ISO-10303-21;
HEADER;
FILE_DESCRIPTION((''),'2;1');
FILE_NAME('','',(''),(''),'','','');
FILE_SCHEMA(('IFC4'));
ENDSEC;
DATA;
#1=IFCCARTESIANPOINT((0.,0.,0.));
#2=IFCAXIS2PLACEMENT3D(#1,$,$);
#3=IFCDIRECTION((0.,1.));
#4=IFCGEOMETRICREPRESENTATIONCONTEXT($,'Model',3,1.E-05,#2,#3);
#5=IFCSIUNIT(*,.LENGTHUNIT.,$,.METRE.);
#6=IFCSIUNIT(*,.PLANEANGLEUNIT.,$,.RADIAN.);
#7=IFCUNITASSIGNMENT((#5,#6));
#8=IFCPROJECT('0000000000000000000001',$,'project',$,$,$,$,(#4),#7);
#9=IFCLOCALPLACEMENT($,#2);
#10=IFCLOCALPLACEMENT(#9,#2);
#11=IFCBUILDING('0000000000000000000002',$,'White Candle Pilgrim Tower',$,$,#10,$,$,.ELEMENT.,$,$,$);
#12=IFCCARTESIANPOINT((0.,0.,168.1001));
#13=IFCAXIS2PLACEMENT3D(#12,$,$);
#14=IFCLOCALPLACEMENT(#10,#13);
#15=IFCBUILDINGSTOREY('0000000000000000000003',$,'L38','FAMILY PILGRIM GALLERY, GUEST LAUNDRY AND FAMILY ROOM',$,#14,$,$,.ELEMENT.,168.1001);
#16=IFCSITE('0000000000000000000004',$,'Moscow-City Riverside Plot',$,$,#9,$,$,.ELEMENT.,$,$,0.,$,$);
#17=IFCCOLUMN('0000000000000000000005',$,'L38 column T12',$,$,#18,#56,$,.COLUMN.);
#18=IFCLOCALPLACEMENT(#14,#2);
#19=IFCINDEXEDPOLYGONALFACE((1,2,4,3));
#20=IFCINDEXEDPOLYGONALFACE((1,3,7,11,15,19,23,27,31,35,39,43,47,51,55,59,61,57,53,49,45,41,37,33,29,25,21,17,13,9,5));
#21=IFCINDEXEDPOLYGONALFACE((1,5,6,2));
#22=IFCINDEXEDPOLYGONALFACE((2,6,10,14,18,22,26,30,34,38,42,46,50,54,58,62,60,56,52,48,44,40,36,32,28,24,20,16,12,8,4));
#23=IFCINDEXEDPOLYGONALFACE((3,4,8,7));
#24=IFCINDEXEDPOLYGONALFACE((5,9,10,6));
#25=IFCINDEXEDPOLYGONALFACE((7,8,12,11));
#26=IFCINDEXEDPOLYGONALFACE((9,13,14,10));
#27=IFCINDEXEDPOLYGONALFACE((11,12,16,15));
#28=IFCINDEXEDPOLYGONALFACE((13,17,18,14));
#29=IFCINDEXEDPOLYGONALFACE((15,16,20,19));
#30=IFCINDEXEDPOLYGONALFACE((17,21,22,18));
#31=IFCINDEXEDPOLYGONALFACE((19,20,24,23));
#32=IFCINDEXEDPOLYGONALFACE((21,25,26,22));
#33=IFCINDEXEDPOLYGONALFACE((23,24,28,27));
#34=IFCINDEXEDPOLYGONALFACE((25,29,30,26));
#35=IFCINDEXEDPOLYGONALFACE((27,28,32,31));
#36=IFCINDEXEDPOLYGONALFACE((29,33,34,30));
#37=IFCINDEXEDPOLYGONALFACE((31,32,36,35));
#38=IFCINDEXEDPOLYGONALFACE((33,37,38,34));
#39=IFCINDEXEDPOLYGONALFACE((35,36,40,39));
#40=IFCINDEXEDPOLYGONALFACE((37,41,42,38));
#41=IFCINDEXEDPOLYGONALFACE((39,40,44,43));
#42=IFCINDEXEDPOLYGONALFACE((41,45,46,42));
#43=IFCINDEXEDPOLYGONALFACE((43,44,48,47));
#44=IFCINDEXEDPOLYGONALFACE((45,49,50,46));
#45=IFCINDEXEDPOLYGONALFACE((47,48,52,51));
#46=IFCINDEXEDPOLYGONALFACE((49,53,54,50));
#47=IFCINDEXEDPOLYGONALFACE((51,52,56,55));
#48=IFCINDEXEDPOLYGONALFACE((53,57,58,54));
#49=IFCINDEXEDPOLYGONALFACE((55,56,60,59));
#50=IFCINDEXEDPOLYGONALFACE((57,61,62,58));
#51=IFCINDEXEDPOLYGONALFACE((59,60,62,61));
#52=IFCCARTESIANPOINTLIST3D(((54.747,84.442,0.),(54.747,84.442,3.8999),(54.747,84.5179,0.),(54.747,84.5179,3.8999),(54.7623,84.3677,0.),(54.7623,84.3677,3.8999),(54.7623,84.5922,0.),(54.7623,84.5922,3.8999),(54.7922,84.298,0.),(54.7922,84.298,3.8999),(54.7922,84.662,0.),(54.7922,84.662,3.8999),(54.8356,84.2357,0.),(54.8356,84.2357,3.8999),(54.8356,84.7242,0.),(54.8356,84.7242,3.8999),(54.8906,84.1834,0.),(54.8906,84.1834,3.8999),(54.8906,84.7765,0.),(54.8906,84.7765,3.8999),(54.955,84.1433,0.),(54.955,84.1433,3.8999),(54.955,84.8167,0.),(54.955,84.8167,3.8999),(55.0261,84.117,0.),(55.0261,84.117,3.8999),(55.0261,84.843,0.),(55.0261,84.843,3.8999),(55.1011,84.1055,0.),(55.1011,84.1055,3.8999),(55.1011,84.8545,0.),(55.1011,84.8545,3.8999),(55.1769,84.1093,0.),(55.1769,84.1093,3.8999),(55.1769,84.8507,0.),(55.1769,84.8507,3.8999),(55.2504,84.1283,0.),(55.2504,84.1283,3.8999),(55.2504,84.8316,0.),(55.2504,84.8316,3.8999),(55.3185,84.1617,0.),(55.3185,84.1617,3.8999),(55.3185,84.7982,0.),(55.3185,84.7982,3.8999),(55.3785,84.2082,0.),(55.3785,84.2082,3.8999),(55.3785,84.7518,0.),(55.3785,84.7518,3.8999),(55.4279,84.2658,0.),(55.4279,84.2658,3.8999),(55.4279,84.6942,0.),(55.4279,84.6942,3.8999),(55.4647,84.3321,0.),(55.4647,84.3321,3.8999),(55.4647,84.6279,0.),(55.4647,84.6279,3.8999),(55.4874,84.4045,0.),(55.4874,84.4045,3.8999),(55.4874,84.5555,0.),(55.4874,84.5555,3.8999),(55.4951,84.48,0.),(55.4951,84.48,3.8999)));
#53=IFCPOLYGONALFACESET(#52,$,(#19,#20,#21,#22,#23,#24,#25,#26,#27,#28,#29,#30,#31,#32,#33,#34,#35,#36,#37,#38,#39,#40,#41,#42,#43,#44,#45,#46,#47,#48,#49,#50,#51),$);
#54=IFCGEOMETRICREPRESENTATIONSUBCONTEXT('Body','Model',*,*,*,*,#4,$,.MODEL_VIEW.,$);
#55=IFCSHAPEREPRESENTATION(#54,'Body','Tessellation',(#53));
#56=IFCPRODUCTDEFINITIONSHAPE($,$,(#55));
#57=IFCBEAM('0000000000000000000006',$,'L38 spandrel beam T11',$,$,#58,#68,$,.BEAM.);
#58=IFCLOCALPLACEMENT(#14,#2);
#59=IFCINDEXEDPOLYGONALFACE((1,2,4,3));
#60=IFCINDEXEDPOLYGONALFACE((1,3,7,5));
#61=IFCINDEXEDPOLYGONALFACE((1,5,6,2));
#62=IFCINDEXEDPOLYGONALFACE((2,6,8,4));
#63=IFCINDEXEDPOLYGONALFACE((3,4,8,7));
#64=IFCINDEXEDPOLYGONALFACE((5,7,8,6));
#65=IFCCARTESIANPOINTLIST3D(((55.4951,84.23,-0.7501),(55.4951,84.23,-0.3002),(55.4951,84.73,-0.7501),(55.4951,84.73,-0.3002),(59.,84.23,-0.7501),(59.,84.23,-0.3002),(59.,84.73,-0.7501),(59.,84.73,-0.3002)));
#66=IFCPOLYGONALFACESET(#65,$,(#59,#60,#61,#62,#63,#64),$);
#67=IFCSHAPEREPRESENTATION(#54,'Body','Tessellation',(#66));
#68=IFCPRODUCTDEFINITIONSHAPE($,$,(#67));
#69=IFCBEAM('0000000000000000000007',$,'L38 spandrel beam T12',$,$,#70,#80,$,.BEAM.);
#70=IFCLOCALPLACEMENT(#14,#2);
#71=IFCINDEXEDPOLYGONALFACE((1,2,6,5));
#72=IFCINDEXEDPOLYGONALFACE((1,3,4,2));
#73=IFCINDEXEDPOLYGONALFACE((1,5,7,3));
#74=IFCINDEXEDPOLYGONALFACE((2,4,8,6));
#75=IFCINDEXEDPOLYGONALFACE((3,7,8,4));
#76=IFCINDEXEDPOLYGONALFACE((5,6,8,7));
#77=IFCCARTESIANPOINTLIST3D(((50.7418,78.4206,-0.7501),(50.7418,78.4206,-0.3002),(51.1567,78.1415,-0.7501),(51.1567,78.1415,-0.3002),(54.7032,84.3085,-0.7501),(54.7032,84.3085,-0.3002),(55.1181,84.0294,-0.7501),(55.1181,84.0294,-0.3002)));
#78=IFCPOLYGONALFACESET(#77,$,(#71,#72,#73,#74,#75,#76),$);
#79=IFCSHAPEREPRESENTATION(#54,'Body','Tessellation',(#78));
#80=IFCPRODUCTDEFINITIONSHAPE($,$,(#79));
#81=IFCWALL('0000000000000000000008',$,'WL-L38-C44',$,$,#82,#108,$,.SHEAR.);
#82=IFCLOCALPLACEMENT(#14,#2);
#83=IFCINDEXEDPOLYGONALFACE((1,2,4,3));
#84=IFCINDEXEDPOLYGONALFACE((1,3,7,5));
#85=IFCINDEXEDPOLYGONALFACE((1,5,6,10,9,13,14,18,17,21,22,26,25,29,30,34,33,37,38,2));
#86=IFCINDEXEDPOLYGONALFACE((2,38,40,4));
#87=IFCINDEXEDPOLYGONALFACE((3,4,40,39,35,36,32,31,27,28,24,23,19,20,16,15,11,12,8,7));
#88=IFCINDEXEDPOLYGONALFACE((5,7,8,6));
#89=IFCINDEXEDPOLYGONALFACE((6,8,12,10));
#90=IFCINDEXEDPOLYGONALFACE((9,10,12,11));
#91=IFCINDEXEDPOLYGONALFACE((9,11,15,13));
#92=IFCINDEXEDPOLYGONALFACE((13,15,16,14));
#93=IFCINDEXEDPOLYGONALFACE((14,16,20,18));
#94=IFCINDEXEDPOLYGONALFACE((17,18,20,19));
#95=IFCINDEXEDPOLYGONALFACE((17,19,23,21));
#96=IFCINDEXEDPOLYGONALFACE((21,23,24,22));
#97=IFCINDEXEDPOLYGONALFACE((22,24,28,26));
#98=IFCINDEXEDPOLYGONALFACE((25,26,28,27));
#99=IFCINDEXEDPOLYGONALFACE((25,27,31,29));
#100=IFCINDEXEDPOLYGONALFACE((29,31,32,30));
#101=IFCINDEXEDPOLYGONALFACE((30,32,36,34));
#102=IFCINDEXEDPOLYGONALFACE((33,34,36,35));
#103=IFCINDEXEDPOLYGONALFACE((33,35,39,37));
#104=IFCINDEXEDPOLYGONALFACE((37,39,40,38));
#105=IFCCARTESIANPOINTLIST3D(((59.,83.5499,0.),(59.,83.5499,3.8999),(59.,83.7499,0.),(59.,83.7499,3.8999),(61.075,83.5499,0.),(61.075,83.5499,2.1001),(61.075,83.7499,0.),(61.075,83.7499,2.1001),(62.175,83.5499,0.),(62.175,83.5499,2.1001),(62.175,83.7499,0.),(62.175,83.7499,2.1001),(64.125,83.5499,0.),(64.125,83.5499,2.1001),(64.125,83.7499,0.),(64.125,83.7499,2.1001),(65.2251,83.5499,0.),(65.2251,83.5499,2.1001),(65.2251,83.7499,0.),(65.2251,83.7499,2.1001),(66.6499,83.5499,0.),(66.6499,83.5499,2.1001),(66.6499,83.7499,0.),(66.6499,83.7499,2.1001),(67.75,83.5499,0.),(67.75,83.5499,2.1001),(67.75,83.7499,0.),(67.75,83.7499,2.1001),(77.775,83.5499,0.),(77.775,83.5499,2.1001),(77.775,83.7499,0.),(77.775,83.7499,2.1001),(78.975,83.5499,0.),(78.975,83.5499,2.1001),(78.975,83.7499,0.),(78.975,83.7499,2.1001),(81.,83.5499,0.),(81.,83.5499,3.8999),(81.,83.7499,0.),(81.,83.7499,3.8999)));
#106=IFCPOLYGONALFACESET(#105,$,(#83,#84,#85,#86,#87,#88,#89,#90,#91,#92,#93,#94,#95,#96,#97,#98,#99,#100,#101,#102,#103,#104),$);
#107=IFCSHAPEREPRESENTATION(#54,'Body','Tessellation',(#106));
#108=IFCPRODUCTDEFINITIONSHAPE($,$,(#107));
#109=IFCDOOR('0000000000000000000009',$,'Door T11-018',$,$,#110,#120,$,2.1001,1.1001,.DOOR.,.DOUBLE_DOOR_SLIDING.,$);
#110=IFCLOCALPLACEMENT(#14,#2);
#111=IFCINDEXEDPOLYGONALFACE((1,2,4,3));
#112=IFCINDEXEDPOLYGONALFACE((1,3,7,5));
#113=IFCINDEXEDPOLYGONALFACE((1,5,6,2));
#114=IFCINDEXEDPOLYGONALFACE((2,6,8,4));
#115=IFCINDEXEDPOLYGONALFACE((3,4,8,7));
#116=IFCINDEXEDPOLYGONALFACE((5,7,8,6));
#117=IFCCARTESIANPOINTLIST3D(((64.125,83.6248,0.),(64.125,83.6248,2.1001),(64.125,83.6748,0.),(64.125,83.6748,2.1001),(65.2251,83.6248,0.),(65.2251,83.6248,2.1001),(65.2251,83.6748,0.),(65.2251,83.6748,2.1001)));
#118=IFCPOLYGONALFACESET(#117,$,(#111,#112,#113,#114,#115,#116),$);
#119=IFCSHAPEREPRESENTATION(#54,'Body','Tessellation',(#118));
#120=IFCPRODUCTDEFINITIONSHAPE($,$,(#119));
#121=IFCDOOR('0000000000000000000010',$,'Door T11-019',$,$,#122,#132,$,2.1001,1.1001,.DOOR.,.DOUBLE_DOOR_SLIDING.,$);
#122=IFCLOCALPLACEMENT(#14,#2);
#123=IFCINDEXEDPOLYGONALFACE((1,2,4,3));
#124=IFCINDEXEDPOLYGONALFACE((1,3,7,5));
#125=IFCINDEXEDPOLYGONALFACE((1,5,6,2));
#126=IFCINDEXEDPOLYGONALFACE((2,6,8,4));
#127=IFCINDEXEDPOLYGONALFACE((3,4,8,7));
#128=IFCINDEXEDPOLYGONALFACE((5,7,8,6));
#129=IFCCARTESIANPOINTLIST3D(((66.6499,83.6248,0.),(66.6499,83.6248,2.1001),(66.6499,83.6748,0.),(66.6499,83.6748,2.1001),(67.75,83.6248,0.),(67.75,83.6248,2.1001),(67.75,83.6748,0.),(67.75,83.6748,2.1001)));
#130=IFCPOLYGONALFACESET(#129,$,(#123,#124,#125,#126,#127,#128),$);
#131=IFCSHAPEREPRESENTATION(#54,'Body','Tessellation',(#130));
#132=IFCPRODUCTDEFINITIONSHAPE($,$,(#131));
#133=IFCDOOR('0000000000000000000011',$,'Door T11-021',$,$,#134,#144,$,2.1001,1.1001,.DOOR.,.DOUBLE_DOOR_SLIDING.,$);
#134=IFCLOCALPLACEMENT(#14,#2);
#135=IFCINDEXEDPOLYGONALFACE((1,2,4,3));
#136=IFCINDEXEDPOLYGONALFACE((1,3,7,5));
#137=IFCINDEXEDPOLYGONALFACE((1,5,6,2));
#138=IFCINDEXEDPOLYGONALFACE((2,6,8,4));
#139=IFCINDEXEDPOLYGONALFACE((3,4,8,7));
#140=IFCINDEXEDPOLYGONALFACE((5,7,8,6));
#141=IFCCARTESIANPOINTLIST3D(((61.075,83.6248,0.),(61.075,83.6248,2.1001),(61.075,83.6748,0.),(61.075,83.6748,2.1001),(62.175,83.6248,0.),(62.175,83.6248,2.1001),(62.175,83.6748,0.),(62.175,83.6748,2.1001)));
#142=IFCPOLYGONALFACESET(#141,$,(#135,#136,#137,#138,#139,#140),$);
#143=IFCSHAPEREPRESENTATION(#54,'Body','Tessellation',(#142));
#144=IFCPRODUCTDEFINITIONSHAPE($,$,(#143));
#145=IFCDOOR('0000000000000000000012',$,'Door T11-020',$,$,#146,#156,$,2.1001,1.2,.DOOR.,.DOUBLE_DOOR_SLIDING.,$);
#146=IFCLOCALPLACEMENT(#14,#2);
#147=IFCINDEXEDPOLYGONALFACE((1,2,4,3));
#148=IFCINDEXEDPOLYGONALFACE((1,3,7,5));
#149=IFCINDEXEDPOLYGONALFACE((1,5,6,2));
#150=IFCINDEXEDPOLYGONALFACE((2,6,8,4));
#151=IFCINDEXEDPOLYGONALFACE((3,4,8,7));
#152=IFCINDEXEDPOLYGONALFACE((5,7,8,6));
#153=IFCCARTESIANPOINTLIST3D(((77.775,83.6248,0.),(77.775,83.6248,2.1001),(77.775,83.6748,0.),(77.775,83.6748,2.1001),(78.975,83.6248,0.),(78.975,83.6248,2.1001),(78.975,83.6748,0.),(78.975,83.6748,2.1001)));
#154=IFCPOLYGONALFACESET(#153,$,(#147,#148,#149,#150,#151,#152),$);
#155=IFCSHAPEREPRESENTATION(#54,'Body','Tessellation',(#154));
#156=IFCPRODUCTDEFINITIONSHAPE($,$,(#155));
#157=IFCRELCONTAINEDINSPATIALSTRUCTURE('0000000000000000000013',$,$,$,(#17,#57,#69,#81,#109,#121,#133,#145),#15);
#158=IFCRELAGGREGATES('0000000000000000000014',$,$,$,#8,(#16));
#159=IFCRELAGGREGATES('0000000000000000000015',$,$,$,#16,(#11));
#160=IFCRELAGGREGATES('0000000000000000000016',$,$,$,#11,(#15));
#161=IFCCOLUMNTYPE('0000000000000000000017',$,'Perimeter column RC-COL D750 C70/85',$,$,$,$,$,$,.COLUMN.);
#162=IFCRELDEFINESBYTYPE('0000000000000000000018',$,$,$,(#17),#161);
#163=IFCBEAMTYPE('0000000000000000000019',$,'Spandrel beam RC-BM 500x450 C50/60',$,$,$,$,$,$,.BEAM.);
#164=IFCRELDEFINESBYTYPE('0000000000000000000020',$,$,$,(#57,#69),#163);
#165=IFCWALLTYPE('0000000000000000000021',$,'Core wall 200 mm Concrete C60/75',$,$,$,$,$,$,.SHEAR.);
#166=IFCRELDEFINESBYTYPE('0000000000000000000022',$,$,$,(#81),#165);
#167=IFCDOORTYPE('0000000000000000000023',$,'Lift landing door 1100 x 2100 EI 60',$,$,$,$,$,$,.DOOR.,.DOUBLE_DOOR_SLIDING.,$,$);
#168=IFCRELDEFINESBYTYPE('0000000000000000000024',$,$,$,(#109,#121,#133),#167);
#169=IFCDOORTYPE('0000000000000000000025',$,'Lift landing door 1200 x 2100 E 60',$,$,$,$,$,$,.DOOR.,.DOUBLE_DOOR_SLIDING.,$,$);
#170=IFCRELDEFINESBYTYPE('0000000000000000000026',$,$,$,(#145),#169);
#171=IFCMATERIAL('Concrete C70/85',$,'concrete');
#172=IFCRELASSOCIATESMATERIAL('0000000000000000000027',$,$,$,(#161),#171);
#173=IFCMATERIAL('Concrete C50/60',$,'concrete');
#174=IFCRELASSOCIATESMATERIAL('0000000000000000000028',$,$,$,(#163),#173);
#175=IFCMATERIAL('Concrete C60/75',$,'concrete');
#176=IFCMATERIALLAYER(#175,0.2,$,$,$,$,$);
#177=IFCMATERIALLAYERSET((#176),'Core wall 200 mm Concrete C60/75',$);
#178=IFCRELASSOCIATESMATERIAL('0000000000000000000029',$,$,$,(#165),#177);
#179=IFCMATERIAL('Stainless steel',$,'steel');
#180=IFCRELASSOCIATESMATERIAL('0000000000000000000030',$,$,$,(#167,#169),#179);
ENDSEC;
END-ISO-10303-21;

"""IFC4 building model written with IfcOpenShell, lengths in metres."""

from ifc_helpers import new_model, si_unit, direction, frame, frame_2d, origin, origin_2d, place, context, subcontext, project, spatial, rectangle, circle, extrude, material, layer, layer_set, material_profile, profile_set, type_object, element, fill, save


model = new_model("IFC4")

# Units and contexts
model_context = context("Model", 3, precision=1e-05, world=origin(), true_north=direction((0.0, 1.0)))
body_context = subcontext(model_context, "Body", "Model", "MODEL_VIEW")
ifc_project = project(units=[si_unit("LENGTHUNIT", "METRE"), si_unit("PLANEANGLEUNIT", "RADIAN")], contexts=[model_context])

# Site, building, storey
site_placement = place(None, origin())
site = spatial("IfcSite", under=ifc_project, at=site_placement, Name="Moscow-City Riverside Plot", CompositionType="ELEMENT", RefElevation=0.0)
building_placement = place(site_placement, origin())
building = spatial("IfcBuilding", under=site, at=building_placement, Name="White Candle Pilgrim Tower", CompositionType="ELEMENT")
storey_placement = place(building_placement, frame((0.0, 0.0, 168.1001)))
storey = spatial("IfcBuildingStorey", under=building, at=storey_placement, Name="L38", Description="FAMILY PILGRIM GALLERY, GUEST LAUNDRY AND FAMILY ROOM", CompositionType="ELEMENT", Elevation=168.1001)

# Column
ifc_material_1 = material(Name="Concrete C70/85", Category="concrete")
ifc_material_profile_1 = material_profile(ifc_material_1, circle(Radius=0.375, at=origin_2d()), Name="RC-COL D750")
ifc_profile_set_1 = profile_set([ifc_material_profile_1], Name="Concrete C70/85")
column_type = type_object("IfcColumnType", Name="Perimeter column RC-COL D750 C70/85", PredefinedType="COLUMN", material=ifc_profile_set_1)
column_placement = place(storey_placement, frame((55.1201, 84.48, 0.0), z_axis=(0.0, 0.0, 1.0), x_axis=(1.0, 0.0, 0.0)))
element("IfcColumn", 1, at=column_placement, inside=storey, type_object=column_type, Name="L38 column T12", PredefinedType="COLUMN", context=body_context, shape_type="SweptSolid", body=[
    extrude(circle(Radius=0.375, at=origin_2d()), origin(), (0.0, 0.0, 1.0), 3.8999),
])

# Beams
ifc_material_2 = material(Name="Concrete C50/60", Category="concrete")
ifc_material_profile_2 = material_profile(ifc_material_2, rectangle(XDim=0.5, YDim=0.45, at=origin_2d()), Name="RC-BM 500x450")
ifc_profile_set_2 = profile_set([ifc_material_profile_2], Name="Concrete C50/60")
beam_type = type_object("IfcBeamType", Name="Spandrel beam RC-BM 500x450 C50/60", PredefinedType="BEAM", material=ifc_profile_set_2)
beam_1_placement = place(storey_placement, frame((55.4951, 84.48, -0.5251), z_axis=(1.0, 0.0, 0.0), x_axis=(0.0, 1.0, 0.0)))
element("IfcBeam", 2, at=beam_1_placement, inside=storey, type_object=beam_type, Name="L38 spandrel beam T11", PredefinedType="BEAM", context=body_context, shape_type="SweptSolid", body=[
    extrude(rectangle(XDim=0.5, YDim=0.45, at=origin_2d()), origin(), (0.0, 0.0, 1.0), 3.5049),
])
beam_2_placement = place(storey_placement, frame((54.9106, 84.1689, -0.5251), z_axis=(-0.55822, -0.829693, 0.0), x_axis=(0.829693, -0.55822, 0.0)))
element("IfcBeam", 3, at=beam_2_placement, inside=storey, type_object=beam_type, Name="L38 spandrel beam T12", PredefinedType="BEAM", context=body_context, shape_type="SweptSolid", body=[
    extrude(rectangle(XDim=0.5, YDim=0.45, at=origin_2d()), origin(), (0.0, 0.0, 1.0), 7.0964),
])

# Wall, openings, doors
ifc_material_3 = material(Name="Concrete C60/75", Category="concrete")
ifc_layer_1 = layer(ifc_material_3, 0.2)
ifc_layer_set_1 = layer_set([ifc_layer_1], Name="Core wall 200 mm Concrete C60/75")
wall_type_1 = type_object("IfcWallType", Name="Core wall 200 mm Concrete C60/75", PredefinedType="SHEAR", material=ifc_layer_set_1)
wall_1_placement = place(storey_placement, frame((59.0, 83.6499, 0.0), z_axis=(0.0, 0.0, 1.0), x_axis=(1.0, 0.0, 0.0)))
wall_1 = element("IfcWall", 4, at=wall_1_placement, inside=storey, type_object=wall_type_1, Name="WL-L38-C44", PredefinedType="SHEAR", context=body_context, shape_type="SweptSolid", body=[
    extrude(rectangle(XDim=22.0, YDim=0.2, at=frame_2d((11.0, 0.0))), origin(), (0.0, 0.0, 1.0), 3.8999),
])
opening_1_placement = place(wall_1_placement, frame((5.125, 0.0, 0.0)))
opening_1 = element("IfcOpeningElement", 5, at=opening_1_placement, cuts=wall_1, PredefinedType="OPENING", context=body_context, shape_type="SweptSolid", body=[
    extrude(rectangle(XDim=1.1001, YDim=2.1001, at=frame_2d((0.55, 1.05))), frame((0.0, 0.1099, 0.0), z_axis=(0.0, -1.0, 0.0), x_axis=(1.0, 0.0, 0.0)), (0.0, 0.0, 1.0), 0.22),
])
opening_2_placement = place(wall_1_placement, frame((7.6499, 0.0, 0.0)))
opening_2 = element("IfcOpeningElement", 6, at=opening_2_placement, cuts=wall_1, PredefinedType="OPENING", context=body_context, shape_type="SweptSolid", body=[
    extrude(rectangle(XDim=1.1001, YDim=2.1001, at=frame_2d((0.55, 1.05))), frame((0.0, 0.1099, 0.0), z_axis=(0.0, -1.0, 0.0), x_axis=(1.0, 0.0, 0.0)), (0.0, 0.0, 1.0), 0.22),
])
opening_3_placement = place(wall_1_placement, frame((18.7749, 0.0, 0.0)))
opening_3 = element("IfcOpeningElement", 7, at=opening_3_placement, cuts=wall_1, PredefinedType="OPENING", context=body_context, shape_type="SweptSolid", body=[
    extrude(rectangle(XDim=1.2, YDim=2.1001, at=frame_2d((0.6001, 1.05))), frame((0.0, 0.1099, 0.0), z_axis=(0.0, -1.0, 0.0), x_axis=(1.0, 0.0, 0.0)), (0.0, 0.0, 1.0), 0.22),
])
opening_4_placement = place(wall_1_placement, frame((2.075, 0.0, 0.0)))
opening_4 = element("IfcOpeningElement", 8, at=opening_4_placement, cuts=wall_1, PredefinedType="OPENING", context=body_context, shape_type="SweptSolid", body=[
    extrude(rectangle(XDim=1.1001, YDim=2.1001, at=frame_2d((0.55, 1.05))), frame((0.0, 0.1099, 0.0), z_axis=(0.0, -1.0, 0.0), x_axis=(1.0, 0.0, 0.0)), (0.0, 0.0, 1.0), 0.22),
])
ifc_material_4 = material(Name="Stainless steel", Category="steel")
door_type_1 = type_object("IfcDoorType", Name="Lift landing door 1100 x 2100 EI 60", OperationType="DOUBLE_DOOR_SLIDING", PredefinedType="DOOR", material=ifc_material_4)
door_1_placement = place(opening_1_placement, origin())
door_1 = element("IfcDoor", 9, at=door_1_placement, inside=storey, type_object=door_type_1, Name="Door T11-018", OperationType="DOUBLE_DOOR_SLIDING", OverallHeight=2.1001, OverallWidth=1.1001, PredefinedType="DOOR", context=body_context, shape_type="SweptSolid", body=[
    extrude(rectangle(XDim=1.1001, YDim=2.1001, at=frame_2d((0.55, 1.05))), frame((0.0, 0.0249, 0.0), z_axis=(0.0, -1.0, 0.0), x_axis=(1.0, 0.0, 0.0)), (0.0, 0.0, 1.0), 0.05),
])
fill(opening_1, door_1)
door_2_placement = place(opening_2_placement, origin())
door_2 = element("IfcDoor", 10, at=door_2_placement, inside=storey, type_object=door_type_1, Name="Door T11-019", OperationType="DOUBLE_DOOR_SLIDING", OverallHeight=2.1001, OverallWidth=1.1001, PredefinedType="DOOR", context=body_context, shape_type="SweptSolid", body=[
    extrude(rectangle(XDim=1.1001, YDim=2.1001, at=frame_2d((0.55, 1.05))), frame((0.0, 0.0249, 0.0), z_axis=(0.0, -1.0, 0.0), x_axis=(1.0, 0.0, 0.0)), (0.0, 0.0, 1.0), 0.05),
])
fill(opening_2, door_2)
door_3_placement = place(opening_4_placement, origin())
door_3 = element("IfcDoor", 11, at=door_3_placement, inside=storey, type_object=door_type_1, Name="Door T11-021", OperationType="DOUBLE_DOOR_SLIDING", OverallHeight=2.1001, OverallWidth=1.1001, PredefinedType="DOOR", context=body_context, shape_type="SweptSolid", body=[
    extrude(rectangle(XDim=1.1001, YDim=2.1001, at=frame_2d((0.55, 1.05))), frame((0.0, 0.0249, 0.0), z_axis=(0.0, -1.0, 0.0), x_axis=(1.0, 0.0, 0.0)), (0.0, 0.0, 1.0), 0.05),
])
fill(opening_4, door_3)
door_type_2 = type_object("IfcDoorType", Name="Lift landing door 1200 x 2100 E 60", OperationType="DOUBLE_DOOR_SLIDING", PredefinedType="DOOR", material=ifc_material_4)
door_4_placement = place(opening_3_placement, origin())
door_4 = element("IfcDoor", 12, at=door_4_placement, inside=storey, type_object=door_type_2, Name="Door T11-020", OperationType="DOUBLE_DOOR_SLIDING", OverallHeight=2.1001, OverallWidth=1.2, PredefinedType="DOOR", context=body_context, shape_type="SweptSolid", body=[
    extrude(rectangle(XDim=1.2, YDim=2.1001, at=frame_2d((0.6001, 1.05))), frame((0.0, 0.0249, 0.0), z_axis=(0.0, -1.0, 0.0), x_axis=(1.0, 0.0, 0.0)), (0.0, 0.0, 1.0), 0.05),
])
fill(opening_3, door_4)

save(model, "model.ifc")
